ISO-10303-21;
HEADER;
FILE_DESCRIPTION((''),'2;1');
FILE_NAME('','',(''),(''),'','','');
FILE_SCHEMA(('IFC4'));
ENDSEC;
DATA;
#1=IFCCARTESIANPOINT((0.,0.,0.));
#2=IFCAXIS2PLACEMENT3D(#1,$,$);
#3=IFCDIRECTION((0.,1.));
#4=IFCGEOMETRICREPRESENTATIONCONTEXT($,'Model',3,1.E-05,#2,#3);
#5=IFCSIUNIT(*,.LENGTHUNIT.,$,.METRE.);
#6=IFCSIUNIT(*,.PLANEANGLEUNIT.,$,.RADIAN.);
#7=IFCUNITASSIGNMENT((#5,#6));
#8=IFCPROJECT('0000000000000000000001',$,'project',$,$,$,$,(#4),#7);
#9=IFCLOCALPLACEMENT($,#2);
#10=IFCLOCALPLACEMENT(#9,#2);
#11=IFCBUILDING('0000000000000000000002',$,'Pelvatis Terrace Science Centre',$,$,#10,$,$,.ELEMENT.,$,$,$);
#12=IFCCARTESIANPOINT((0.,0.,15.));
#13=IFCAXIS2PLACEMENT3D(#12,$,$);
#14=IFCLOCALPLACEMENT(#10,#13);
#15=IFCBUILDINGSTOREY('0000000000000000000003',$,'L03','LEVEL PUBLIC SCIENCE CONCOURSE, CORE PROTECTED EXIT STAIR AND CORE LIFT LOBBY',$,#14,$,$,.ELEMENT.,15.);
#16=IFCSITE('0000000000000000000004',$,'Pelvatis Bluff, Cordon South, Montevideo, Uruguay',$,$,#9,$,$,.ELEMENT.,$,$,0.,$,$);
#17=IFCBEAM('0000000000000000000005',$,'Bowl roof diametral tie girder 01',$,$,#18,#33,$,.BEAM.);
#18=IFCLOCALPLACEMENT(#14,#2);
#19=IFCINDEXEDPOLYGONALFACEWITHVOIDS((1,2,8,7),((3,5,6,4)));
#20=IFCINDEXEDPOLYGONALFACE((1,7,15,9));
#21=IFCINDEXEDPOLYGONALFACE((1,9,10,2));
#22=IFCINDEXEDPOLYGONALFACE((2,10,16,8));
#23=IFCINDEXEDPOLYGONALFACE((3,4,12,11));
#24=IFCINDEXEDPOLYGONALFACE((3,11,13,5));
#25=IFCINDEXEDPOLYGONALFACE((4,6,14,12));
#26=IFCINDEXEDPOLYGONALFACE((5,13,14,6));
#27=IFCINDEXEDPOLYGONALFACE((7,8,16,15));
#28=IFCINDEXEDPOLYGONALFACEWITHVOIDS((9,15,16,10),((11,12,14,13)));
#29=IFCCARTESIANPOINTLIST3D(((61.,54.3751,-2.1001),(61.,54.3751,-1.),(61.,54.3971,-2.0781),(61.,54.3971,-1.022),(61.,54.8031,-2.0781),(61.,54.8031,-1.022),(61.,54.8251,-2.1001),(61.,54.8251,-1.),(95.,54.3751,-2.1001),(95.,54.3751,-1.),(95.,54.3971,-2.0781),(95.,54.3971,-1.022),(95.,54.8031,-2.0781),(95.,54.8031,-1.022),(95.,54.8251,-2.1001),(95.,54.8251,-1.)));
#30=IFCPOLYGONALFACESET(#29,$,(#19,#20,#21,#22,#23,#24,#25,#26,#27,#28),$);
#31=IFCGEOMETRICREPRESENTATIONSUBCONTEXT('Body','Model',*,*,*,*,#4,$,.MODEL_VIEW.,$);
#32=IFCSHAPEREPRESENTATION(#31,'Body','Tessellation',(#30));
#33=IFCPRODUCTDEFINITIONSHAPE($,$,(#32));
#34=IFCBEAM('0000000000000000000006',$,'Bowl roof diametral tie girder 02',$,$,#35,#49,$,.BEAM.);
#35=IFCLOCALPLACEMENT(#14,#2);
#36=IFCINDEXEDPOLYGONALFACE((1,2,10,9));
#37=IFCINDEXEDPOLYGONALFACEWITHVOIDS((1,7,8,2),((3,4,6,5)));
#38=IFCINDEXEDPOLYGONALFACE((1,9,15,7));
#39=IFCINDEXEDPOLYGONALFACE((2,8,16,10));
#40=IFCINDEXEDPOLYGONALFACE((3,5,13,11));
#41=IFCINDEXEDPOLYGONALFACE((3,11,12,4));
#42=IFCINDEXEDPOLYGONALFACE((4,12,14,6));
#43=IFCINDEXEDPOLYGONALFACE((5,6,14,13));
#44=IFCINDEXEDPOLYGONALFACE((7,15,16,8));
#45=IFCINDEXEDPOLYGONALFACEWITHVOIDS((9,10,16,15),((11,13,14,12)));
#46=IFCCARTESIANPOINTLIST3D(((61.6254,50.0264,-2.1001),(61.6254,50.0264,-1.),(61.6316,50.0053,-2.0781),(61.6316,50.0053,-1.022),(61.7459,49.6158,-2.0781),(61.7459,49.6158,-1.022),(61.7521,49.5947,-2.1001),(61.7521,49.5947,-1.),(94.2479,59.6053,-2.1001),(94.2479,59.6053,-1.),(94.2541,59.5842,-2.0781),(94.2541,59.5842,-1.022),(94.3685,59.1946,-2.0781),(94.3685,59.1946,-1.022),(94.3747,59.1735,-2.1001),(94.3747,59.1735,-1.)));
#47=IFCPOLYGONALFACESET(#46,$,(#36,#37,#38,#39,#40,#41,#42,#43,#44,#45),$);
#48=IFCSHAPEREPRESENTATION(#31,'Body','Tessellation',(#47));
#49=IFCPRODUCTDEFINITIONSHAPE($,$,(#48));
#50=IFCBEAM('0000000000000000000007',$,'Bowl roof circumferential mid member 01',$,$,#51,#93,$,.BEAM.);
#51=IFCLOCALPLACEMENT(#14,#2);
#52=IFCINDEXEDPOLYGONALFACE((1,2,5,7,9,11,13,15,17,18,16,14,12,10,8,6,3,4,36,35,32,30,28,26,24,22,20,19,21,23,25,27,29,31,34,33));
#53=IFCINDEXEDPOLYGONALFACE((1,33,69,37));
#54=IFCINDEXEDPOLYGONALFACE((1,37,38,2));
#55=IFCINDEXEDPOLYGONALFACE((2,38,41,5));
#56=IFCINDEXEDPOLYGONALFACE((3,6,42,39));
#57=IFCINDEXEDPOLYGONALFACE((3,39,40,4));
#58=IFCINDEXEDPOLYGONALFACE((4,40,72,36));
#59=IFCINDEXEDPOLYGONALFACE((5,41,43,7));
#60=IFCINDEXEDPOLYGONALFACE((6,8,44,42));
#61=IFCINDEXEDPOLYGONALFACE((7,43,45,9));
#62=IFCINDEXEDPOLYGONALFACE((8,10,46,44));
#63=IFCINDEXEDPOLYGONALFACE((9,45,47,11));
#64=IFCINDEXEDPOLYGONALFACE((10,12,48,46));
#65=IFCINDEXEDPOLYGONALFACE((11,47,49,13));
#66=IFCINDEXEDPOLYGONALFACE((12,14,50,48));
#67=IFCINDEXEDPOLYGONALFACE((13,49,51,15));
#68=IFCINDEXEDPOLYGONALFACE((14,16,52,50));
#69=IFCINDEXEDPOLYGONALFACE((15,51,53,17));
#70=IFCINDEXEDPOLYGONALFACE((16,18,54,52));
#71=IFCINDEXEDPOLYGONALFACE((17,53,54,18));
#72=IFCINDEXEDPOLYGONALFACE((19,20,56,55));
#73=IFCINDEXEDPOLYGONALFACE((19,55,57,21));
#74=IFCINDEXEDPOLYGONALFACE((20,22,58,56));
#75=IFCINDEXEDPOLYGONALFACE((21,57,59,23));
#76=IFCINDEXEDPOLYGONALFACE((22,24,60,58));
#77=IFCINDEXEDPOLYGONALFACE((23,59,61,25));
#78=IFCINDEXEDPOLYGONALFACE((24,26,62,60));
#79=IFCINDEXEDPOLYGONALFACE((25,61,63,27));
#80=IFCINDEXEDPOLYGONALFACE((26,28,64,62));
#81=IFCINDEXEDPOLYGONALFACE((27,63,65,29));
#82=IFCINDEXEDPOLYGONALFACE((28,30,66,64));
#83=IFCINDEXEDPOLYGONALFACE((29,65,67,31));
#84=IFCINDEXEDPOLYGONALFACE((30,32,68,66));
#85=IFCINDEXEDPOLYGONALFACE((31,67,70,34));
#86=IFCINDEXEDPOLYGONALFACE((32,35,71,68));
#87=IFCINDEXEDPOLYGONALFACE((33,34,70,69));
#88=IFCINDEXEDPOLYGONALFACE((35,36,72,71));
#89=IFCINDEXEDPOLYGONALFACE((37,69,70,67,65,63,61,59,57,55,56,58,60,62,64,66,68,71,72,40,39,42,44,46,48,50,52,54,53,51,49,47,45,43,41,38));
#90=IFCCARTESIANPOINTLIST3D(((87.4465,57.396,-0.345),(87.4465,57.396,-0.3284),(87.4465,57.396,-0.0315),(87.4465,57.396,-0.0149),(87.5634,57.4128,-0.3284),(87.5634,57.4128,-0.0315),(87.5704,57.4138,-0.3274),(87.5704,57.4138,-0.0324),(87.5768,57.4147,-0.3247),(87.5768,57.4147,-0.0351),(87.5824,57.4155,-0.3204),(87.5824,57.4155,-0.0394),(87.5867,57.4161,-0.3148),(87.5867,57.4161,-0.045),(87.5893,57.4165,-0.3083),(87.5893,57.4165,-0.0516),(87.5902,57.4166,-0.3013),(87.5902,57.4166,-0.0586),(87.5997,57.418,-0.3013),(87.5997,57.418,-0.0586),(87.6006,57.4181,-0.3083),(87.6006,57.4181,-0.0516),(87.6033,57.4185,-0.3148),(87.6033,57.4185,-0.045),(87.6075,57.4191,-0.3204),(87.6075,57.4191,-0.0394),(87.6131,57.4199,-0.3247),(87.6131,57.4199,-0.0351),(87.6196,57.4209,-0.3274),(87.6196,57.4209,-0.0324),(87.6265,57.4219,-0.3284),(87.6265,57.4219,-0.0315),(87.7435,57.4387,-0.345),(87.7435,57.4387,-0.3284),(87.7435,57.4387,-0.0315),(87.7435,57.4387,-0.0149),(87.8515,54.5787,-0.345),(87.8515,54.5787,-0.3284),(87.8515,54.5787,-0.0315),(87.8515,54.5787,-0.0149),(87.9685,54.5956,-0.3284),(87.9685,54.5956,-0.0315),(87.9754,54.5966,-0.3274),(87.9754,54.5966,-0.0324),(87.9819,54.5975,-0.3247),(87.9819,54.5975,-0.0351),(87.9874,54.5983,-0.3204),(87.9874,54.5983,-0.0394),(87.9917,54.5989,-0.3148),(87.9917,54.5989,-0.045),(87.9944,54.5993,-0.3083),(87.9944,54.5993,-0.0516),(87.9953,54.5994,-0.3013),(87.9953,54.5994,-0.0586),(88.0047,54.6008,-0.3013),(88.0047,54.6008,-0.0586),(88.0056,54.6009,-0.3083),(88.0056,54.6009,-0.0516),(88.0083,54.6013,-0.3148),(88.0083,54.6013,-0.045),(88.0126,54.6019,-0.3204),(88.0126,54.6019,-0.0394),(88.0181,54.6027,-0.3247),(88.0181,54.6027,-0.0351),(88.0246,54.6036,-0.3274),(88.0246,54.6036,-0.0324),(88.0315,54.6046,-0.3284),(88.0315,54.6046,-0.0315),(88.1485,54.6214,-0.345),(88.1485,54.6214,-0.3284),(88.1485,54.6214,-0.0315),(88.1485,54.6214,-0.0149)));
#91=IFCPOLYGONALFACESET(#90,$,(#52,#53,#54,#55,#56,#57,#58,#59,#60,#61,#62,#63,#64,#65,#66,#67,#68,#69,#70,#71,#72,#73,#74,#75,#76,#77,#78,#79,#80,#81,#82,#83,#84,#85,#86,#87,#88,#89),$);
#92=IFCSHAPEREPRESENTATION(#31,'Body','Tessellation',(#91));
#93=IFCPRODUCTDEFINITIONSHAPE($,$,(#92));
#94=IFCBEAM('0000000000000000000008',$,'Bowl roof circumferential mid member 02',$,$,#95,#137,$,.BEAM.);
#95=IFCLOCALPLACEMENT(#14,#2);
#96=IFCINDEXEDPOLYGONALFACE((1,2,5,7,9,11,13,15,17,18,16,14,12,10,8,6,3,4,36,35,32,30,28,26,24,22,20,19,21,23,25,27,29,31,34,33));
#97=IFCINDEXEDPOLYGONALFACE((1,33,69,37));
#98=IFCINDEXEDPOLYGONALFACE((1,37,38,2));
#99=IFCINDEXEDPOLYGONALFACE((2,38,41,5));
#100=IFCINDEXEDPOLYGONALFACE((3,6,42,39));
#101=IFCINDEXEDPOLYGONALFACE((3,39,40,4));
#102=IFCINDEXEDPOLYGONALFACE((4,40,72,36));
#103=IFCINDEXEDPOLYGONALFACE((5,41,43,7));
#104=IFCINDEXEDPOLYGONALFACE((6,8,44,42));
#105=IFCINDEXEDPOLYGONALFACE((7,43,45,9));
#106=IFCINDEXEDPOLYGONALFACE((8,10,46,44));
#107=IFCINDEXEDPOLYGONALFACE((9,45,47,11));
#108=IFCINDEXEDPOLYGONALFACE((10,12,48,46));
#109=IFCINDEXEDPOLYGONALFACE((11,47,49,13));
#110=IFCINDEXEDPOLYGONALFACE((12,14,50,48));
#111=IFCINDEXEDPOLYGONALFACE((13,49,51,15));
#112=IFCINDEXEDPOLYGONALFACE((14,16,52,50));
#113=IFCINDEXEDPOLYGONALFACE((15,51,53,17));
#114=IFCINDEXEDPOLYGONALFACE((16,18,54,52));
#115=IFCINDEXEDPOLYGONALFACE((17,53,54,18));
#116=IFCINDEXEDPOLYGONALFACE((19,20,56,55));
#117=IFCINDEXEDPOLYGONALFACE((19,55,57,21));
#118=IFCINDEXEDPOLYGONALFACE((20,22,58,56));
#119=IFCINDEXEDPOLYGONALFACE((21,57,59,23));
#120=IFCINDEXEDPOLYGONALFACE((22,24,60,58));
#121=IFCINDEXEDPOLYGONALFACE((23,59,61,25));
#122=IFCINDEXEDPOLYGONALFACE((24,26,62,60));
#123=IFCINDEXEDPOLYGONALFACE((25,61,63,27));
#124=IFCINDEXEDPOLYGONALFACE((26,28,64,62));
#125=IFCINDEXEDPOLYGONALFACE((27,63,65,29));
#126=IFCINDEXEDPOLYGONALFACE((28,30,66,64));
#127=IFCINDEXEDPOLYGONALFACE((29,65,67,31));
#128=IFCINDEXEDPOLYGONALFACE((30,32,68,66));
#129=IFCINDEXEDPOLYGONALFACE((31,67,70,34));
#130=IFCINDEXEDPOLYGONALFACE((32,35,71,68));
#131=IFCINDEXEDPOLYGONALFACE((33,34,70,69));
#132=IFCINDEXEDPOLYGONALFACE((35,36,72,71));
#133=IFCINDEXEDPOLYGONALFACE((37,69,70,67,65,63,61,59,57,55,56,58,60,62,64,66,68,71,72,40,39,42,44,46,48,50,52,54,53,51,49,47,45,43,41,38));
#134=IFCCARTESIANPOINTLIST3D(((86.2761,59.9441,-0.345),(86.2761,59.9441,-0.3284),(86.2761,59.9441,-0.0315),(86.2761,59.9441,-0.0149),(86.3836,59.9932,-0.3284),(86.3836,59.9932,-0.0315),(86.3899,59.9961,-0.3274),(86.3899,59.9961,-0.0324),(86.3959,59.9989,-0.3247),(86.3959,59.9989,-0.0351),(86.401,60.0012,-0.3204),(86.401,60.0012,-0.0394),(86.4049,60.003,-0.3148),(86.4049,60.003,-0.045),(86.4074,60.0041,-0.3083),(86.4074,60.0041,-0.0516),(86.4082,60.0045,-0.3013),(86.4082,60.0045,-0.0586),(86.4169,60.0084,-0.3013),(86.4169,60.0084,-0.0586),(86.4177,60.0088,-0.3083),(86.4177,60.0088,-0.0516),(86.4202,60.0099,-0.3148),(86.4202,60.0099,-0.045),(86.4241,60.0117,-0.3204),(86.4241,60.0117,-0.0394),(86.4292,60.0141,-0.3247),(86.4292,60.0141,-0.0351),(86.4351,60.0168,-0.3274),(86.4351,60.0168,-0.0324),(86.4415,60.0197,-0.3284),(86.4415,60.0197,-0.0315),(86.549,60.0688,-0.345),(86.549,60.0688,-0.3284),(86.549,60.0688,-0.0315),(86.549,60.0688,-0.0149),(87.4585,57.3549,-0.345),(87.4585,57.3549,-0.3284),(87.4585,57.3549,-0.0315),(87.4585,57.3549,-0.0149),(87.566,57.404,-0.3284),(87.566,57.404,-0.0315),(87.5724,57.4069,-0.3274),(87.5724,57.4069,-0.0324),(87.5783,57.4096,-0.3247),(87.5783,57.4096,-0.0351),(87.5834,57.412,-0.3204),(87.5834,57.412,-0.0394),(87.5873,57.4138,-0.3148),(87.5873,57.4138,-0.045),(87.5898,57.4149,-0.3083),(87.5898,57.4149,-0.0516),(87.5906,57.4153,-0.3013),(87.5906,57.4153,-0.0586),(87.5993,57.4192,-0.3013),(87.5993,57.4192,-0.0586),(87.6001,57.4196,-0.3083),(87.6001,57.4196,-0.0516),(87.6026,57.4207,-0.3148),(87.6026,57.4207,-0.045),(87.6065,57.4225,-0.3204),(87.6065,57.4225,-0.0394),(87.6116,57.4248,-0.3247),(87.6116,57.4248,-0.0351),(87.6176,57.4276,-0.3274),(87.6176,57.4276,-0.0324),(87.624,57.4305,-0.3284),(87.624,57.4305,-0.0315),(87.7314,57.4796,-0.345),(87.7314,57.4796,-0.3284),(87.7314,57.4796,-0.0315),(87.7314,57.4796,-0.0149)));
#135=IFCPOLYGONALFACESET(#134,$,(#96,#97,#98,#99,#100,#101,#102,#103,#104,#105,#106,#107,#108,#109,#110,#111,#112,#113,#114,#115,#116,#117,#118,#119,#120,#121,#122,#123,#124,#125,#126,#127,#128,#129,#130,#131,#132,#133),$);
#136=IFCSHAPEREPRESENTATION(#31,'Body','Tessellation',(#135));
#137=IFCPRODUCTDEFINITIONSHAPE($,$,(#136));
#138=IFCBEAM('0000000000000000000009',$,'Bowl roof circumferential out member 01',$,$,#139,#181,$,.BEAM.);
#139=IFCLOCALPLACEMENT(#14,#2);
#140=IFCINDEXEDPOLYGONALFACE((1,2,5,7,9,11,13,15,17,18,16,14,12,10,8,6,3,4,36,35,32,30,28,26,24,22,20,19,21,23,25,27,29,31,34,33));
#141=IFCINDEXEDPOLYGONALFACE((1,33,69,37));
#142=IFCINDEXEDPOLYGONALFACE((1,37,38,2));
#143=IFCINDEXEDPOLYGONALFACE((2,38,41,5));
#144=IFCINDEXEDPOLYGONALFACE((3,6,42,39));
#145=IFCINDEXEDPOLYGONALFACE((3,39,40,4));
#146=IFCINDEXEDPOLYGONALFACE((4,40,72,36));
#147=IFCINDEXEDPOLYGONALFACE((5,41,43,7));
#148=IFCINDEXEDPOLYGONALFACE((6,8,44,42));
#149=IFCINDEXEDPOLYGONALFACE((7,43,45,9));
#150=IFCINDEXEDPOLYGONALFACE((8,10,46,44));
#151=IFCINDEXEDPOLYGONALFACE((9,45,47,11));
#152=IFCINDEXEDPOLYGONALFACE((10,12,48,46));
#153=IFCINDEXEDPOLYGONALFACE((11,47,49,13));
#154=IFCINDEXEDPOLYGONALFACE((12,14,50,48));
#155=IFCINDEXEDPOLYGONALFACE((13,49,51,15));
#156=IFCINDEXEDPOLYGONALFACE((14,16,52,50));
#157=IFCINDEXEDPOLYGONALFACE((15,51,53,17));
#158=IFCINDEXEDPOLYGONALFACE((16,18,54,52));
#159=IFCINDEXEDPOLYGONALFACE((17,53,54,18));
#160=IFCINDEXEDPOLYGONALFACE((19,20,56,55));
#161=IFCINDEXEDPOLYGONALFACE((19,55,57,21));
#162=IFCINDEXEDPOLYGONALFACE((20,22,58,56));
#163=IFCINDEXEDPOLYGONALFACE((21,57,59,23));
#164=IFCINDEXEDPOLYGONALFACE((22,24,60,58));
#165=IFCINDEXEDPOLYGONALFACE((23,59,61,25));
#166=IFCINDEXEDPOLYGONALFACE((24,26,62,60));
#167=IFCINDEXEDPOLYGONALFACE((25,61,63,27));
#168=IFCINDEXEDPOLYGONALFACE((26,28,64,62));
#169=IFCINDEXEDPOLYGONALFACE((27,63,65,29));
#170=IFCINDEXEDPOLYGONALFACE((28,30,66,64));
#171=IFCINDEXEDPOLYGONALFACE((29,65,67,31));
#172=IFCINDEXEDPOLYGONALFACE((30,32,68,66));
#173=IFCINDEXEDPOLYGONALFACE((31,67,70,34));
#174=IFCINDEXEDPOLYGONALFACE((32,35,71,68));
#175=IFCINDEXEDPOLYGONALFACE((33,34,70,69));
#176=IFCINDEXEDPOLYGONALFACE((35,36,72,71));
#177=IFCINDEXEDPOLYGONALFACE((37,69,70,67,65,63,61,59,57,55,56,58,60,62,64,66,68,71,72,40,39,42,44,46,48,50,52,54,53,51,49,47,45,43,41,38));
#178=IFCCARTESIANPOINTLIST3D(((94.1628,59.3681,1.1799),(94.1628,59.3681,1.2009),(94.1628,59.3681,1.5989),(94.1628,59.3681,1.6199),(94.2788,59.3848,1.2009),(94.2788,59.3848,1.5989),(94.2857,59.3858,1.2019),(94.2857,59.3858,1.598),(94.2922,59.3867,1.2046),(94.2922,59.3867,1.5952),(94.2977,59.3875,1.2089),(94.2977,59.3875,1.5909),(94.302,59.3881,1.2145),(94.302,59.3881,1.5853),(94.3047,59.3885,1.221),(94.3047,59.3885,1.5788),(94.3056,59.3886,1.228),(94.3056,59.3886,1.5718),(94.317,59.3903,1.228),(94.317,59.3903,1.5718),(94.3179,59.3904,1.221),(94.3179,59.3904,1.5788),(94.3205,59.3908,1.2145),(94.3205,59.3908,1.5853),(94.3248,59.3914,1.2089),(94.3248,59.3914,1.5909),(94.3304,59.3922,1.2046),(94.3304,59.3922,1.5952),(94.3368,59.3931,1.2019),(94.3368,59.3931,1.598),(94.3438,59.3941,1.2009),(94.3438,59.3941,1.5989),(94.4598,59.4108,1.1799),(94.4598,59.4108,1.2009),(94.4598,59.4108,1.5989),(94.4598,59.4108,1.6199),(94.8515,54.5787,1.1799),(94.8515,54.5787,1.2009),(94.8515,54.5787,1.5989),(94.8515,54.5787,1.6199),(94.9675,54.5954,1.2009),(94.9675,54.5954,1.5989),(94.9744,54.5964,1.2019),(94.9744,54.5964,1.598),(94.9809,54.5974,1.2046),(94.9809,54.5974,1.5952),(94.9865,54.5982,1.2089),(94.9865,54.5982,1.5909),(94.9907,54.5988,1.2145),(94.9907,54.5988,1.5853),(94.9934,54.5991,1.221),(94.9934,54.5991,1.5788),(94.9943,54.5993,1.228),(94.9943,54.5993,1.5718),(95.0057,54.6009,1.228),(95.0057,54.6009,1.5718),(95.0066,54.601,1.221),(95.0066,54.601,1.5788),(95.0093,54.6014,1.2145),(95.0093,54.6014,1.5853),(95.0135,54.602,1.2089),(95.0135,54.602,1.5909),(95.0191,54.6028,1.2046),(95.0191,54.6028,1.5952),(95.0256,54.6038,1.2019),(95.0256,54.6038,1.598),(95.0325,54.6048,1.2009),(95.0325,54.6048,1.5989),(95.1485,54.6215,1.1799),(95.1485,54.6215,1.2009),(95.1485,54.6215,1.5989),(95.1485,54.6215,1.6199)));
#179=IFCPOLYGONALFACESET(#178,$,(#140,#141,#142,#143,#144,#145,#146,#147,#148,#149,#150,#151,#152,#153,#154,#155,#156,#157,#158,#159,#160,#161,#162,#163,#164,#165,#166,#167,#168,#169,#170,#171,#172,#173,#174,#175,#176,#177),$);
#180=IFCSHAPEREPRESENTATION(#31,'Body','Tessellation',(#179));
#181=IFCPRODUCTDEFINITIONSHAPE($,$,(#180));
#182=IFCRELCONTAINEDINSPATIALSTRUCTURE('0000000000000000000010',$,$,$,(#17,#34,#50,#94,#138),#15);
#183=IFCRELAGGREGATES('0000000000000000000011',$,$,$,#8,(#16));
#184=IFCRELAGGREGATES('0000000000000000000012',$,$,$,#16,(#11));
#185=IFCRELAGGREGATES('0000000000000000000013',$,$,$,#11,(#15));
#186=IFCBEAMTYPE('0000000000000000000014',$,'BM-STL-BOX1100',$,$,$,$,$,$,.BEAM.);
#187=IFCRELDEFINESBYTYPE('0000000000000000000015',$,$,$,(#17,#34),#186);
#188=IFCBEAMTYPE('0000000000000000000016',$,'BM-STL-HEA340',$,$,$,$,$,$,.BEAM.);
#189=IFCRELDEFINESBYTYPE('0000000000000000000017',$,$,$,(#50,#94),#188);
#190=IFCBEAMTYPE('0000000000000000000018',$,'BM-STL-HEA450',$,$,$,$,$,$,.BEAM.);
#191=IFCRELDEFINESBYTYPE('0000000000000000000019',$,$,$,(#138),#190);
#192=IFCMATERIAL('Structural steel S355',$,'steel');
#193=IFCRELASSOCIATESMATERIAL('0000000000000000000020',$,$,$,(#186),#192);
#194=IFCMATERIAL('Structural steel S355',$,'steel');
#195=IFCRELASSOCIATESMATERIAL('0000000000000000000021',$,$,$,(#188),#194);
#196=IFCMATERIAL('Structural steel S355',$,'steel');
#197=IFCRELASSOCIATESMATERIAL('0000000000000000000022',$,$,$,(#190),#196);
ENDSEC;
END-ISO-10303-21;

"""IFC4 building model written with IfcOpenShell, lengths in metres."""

from ifc_helpers import new_model, si_unit, direction, frame, origin, origin_2d, place, context, subcontext, project, spatial, hollow_rectangle, i_section, extrude, material, material_profile, profile_set, type_object, element, save


model = new_model("IFC4")

# Units and contexts
model_context = context("Model", 3, precision=1e-05, world=origin(), true_north=direction((0.0, 1.0)))
body_context = subcontext(model_context, "Body", "Model", "MODEL_VIEW")
ifc_project = project(units=[si_unit("LENGTHUNIT", "METRE"), si_unit("PLANEANGLEUNIT", "RADIAN")], contexts=[model_context])

# Site, building, storey
site_placement = place(None, origin())
site = spatial("IfcSite", under=ifc_project, at=site_placement, Name="Pelvatis Bluff, Cordon South, Montevideo, Uruguay", CompositionType="ELEMENT", RefElevation=0.0)
building_placement = place(site_placement, origin())
building = spatial("IfcBuilding", under=site, at=building_placement, Name="Pelvatis Terrace Science Centre", CompositionType="ELEMENT")
storey_placement = place(building_placement, frame((0.0, 0.0, 15.0)))
storey = spatial("IfcBuildingStorey", under=building, at=storey_placement, Name="L03", Description="LEVEL PUBLIC SCIENCE CONCOURSE, CORE PROTECTED EXIT STAIR AND CORE LIFT LOBBY", CompositionType="ELEMENT", Elevation=15.0)

# Beams
ifc_material_1 = material(Name="Structural steel S355", Category="steel")
ifc_material_profile_1 = material_profile(ifc_material_1, hollow_rectangle(XDim=0.45, YDim=1.1001, WallThickness=0.022, at=origin_2d()), Name="RHS 1100x450x22.0")
ifc_profile_set_1 = profile_set([ifc_material_profile_1], Name="Structural steel S355")
beam_type_1 = type_object("IfcBeamType", Name="BM-STL-BOX1100", PredefinedType="BEAM", material=ifc_profile_set_1)
beam_1_placement = place(storey_placement, frame((95.0, 54.6001, -1.55), z_axis=(-1.0, 0.0, 0.0), x_axis=(0.0, -1.0, 0.0)))
element("IfcBeam", 1, at=beam_1_placement, inside=storey, type_object=beam_type_1, Name="Bowl roof diametral tie girder 01", PredefinedType="BEAM", context=body_context, shape_type="SweptSolid", body=[
    extrude(hollow_rectangle(XDim=0.45, YDim=1.1001, WallThickness=0.022, at=origin_2d()), origin(), (0.0, 0.0, 1.0), 34.0),
])
beam_2_placement = place(storey_placement, frame((94.3113, 59.3894, -1.55), z_axis=(-0.959493, -0.281733, 0.0), x_axis=(0.281733, -0.959493, 0.0)))
element("IfcBeam", 2, at=beam_2_placement, inside=storey, type_object=beam_type_1, Name="Bowl roof diametral tie girder 02", PredefinedType="BEAM", context=body_context, shape_type="SweptSolid", body=[
    extrude(hollow_rectangle(XDim=0.45, YDim=1.1001, WallThickness=0.022, at=origin_2d()), origin(), (0.0, 0.0, 1.0), 33.9998),
])
ifc_material_2 = material(Name="Structural steel S355", Category="steel")
ifc_material_profile_2 = material_profile(ifc_material_2, i_section(OverallWidth=0.3, OverallDepth=0.3301, WebThickness=0.0095, FlangeThickness=0.0166, FilletRadius=0.0271, at=origin_2d()), Name="HEA 340")
ifc_profile_set_2 = profile_set([ifc_material_profile_2], Name="Structural steel S355")
beam_type_2 = type_object("IfcBeamType", Name="BM-STL-HEA340", PredefinedType="BEAM", material=ifc_profile_set_2)
beam_3_placement = place(storey_placement, frame((88.0, 54.6001, -0.1799), z_axis=(-0.14231, 0.989822, 0.0), x_axis=(-0.989822, -0.14231, 0.0)))
element("IfcBeam", 3, at=beam_3_placement, inside=storey, type_object=beam_type_2, Name="Bowl roof circumferential mid member 01", PredefinedType="BEAM", context=body_context, shape_type="SweptSolid", body=[
    extrude(i_section(OverallWidth=0.3, OverallDepth=0.3301, WebThickness=0.0095, FlangeThickness=0.0166, FilletRadius=0.0271, at=origin_2d()), origin(), (0.0, 0.0, 1.0), 2.8462),
])
beam_4_placement = place(storey_placement, frame((87.595, 57.4172, -0.1799), z_axis=(-0.415405, 0.909637, 0.0), x_axis=(-0.909637, -0.415405, 0.0)))
element("IfcBeam", 4, at=beam_4_placement, inside=storey, type_object=beam_type_2, Name="Bowl roof circumferential mid member 02", PredefinedType="BEAM", context=body_context, shape_type="SweptSolid", body=[
    extrude(i_section(OverallWidth=0.3, OverallDepth=0.3301, WebThickness=0.0095, FlangeThickness=0.0166, FilletRadius=0.0271, at=origin_2d()), origin(), (0.0, 0.0, 1.0), 2.8464),
])
ifc_material_3 = material(Name="Structural steel S355", Category="steel")
ifc_material_profile_3 = material_profile(ifc_material_3, i_section(OverallWidth=0.3, OverallDepth=0.4399, WebThickness=0.0115, FlangeThickness=0.021, FilletRadius=0.0271, at=origin_2d()), Name="HEA 450")
ifc_profile_set_3 = profile_set([ifc_material_profile_3], Name="Structural steel S355")
beam_type_3 = type_object("IfcBeamType", Name="BM-STL-HEA450", PredefinedType="BEAM", material=ifc_profile_set_3)
beam_5_placement = place(storey_placement, frame((95.0, 54.6001, 1.3999), z_axis=(-0.14234, 0.989818, 0.0), x_axis=(-0.989818, -0.14234, 0.0)))
element("IfcBeam", 5, at=beam_5_placement, inside=storey, type_object=beam_type_3, Name="Bowl roof circumferential out member 01", PredefinedType="BEAM", context=body_context, shape_type="SweptSolid", body=[
    extrude(i_section(OverallWidth=0.3, OverallDepth=0.4399, WebThickness=0.0115, FlangeThickness=0.021, FilletRadius=0.0271, at=origin_2d()), origin(), (0.0, 0.0, 1.0), 4.8386),
])

save(model, "model.ifc")
